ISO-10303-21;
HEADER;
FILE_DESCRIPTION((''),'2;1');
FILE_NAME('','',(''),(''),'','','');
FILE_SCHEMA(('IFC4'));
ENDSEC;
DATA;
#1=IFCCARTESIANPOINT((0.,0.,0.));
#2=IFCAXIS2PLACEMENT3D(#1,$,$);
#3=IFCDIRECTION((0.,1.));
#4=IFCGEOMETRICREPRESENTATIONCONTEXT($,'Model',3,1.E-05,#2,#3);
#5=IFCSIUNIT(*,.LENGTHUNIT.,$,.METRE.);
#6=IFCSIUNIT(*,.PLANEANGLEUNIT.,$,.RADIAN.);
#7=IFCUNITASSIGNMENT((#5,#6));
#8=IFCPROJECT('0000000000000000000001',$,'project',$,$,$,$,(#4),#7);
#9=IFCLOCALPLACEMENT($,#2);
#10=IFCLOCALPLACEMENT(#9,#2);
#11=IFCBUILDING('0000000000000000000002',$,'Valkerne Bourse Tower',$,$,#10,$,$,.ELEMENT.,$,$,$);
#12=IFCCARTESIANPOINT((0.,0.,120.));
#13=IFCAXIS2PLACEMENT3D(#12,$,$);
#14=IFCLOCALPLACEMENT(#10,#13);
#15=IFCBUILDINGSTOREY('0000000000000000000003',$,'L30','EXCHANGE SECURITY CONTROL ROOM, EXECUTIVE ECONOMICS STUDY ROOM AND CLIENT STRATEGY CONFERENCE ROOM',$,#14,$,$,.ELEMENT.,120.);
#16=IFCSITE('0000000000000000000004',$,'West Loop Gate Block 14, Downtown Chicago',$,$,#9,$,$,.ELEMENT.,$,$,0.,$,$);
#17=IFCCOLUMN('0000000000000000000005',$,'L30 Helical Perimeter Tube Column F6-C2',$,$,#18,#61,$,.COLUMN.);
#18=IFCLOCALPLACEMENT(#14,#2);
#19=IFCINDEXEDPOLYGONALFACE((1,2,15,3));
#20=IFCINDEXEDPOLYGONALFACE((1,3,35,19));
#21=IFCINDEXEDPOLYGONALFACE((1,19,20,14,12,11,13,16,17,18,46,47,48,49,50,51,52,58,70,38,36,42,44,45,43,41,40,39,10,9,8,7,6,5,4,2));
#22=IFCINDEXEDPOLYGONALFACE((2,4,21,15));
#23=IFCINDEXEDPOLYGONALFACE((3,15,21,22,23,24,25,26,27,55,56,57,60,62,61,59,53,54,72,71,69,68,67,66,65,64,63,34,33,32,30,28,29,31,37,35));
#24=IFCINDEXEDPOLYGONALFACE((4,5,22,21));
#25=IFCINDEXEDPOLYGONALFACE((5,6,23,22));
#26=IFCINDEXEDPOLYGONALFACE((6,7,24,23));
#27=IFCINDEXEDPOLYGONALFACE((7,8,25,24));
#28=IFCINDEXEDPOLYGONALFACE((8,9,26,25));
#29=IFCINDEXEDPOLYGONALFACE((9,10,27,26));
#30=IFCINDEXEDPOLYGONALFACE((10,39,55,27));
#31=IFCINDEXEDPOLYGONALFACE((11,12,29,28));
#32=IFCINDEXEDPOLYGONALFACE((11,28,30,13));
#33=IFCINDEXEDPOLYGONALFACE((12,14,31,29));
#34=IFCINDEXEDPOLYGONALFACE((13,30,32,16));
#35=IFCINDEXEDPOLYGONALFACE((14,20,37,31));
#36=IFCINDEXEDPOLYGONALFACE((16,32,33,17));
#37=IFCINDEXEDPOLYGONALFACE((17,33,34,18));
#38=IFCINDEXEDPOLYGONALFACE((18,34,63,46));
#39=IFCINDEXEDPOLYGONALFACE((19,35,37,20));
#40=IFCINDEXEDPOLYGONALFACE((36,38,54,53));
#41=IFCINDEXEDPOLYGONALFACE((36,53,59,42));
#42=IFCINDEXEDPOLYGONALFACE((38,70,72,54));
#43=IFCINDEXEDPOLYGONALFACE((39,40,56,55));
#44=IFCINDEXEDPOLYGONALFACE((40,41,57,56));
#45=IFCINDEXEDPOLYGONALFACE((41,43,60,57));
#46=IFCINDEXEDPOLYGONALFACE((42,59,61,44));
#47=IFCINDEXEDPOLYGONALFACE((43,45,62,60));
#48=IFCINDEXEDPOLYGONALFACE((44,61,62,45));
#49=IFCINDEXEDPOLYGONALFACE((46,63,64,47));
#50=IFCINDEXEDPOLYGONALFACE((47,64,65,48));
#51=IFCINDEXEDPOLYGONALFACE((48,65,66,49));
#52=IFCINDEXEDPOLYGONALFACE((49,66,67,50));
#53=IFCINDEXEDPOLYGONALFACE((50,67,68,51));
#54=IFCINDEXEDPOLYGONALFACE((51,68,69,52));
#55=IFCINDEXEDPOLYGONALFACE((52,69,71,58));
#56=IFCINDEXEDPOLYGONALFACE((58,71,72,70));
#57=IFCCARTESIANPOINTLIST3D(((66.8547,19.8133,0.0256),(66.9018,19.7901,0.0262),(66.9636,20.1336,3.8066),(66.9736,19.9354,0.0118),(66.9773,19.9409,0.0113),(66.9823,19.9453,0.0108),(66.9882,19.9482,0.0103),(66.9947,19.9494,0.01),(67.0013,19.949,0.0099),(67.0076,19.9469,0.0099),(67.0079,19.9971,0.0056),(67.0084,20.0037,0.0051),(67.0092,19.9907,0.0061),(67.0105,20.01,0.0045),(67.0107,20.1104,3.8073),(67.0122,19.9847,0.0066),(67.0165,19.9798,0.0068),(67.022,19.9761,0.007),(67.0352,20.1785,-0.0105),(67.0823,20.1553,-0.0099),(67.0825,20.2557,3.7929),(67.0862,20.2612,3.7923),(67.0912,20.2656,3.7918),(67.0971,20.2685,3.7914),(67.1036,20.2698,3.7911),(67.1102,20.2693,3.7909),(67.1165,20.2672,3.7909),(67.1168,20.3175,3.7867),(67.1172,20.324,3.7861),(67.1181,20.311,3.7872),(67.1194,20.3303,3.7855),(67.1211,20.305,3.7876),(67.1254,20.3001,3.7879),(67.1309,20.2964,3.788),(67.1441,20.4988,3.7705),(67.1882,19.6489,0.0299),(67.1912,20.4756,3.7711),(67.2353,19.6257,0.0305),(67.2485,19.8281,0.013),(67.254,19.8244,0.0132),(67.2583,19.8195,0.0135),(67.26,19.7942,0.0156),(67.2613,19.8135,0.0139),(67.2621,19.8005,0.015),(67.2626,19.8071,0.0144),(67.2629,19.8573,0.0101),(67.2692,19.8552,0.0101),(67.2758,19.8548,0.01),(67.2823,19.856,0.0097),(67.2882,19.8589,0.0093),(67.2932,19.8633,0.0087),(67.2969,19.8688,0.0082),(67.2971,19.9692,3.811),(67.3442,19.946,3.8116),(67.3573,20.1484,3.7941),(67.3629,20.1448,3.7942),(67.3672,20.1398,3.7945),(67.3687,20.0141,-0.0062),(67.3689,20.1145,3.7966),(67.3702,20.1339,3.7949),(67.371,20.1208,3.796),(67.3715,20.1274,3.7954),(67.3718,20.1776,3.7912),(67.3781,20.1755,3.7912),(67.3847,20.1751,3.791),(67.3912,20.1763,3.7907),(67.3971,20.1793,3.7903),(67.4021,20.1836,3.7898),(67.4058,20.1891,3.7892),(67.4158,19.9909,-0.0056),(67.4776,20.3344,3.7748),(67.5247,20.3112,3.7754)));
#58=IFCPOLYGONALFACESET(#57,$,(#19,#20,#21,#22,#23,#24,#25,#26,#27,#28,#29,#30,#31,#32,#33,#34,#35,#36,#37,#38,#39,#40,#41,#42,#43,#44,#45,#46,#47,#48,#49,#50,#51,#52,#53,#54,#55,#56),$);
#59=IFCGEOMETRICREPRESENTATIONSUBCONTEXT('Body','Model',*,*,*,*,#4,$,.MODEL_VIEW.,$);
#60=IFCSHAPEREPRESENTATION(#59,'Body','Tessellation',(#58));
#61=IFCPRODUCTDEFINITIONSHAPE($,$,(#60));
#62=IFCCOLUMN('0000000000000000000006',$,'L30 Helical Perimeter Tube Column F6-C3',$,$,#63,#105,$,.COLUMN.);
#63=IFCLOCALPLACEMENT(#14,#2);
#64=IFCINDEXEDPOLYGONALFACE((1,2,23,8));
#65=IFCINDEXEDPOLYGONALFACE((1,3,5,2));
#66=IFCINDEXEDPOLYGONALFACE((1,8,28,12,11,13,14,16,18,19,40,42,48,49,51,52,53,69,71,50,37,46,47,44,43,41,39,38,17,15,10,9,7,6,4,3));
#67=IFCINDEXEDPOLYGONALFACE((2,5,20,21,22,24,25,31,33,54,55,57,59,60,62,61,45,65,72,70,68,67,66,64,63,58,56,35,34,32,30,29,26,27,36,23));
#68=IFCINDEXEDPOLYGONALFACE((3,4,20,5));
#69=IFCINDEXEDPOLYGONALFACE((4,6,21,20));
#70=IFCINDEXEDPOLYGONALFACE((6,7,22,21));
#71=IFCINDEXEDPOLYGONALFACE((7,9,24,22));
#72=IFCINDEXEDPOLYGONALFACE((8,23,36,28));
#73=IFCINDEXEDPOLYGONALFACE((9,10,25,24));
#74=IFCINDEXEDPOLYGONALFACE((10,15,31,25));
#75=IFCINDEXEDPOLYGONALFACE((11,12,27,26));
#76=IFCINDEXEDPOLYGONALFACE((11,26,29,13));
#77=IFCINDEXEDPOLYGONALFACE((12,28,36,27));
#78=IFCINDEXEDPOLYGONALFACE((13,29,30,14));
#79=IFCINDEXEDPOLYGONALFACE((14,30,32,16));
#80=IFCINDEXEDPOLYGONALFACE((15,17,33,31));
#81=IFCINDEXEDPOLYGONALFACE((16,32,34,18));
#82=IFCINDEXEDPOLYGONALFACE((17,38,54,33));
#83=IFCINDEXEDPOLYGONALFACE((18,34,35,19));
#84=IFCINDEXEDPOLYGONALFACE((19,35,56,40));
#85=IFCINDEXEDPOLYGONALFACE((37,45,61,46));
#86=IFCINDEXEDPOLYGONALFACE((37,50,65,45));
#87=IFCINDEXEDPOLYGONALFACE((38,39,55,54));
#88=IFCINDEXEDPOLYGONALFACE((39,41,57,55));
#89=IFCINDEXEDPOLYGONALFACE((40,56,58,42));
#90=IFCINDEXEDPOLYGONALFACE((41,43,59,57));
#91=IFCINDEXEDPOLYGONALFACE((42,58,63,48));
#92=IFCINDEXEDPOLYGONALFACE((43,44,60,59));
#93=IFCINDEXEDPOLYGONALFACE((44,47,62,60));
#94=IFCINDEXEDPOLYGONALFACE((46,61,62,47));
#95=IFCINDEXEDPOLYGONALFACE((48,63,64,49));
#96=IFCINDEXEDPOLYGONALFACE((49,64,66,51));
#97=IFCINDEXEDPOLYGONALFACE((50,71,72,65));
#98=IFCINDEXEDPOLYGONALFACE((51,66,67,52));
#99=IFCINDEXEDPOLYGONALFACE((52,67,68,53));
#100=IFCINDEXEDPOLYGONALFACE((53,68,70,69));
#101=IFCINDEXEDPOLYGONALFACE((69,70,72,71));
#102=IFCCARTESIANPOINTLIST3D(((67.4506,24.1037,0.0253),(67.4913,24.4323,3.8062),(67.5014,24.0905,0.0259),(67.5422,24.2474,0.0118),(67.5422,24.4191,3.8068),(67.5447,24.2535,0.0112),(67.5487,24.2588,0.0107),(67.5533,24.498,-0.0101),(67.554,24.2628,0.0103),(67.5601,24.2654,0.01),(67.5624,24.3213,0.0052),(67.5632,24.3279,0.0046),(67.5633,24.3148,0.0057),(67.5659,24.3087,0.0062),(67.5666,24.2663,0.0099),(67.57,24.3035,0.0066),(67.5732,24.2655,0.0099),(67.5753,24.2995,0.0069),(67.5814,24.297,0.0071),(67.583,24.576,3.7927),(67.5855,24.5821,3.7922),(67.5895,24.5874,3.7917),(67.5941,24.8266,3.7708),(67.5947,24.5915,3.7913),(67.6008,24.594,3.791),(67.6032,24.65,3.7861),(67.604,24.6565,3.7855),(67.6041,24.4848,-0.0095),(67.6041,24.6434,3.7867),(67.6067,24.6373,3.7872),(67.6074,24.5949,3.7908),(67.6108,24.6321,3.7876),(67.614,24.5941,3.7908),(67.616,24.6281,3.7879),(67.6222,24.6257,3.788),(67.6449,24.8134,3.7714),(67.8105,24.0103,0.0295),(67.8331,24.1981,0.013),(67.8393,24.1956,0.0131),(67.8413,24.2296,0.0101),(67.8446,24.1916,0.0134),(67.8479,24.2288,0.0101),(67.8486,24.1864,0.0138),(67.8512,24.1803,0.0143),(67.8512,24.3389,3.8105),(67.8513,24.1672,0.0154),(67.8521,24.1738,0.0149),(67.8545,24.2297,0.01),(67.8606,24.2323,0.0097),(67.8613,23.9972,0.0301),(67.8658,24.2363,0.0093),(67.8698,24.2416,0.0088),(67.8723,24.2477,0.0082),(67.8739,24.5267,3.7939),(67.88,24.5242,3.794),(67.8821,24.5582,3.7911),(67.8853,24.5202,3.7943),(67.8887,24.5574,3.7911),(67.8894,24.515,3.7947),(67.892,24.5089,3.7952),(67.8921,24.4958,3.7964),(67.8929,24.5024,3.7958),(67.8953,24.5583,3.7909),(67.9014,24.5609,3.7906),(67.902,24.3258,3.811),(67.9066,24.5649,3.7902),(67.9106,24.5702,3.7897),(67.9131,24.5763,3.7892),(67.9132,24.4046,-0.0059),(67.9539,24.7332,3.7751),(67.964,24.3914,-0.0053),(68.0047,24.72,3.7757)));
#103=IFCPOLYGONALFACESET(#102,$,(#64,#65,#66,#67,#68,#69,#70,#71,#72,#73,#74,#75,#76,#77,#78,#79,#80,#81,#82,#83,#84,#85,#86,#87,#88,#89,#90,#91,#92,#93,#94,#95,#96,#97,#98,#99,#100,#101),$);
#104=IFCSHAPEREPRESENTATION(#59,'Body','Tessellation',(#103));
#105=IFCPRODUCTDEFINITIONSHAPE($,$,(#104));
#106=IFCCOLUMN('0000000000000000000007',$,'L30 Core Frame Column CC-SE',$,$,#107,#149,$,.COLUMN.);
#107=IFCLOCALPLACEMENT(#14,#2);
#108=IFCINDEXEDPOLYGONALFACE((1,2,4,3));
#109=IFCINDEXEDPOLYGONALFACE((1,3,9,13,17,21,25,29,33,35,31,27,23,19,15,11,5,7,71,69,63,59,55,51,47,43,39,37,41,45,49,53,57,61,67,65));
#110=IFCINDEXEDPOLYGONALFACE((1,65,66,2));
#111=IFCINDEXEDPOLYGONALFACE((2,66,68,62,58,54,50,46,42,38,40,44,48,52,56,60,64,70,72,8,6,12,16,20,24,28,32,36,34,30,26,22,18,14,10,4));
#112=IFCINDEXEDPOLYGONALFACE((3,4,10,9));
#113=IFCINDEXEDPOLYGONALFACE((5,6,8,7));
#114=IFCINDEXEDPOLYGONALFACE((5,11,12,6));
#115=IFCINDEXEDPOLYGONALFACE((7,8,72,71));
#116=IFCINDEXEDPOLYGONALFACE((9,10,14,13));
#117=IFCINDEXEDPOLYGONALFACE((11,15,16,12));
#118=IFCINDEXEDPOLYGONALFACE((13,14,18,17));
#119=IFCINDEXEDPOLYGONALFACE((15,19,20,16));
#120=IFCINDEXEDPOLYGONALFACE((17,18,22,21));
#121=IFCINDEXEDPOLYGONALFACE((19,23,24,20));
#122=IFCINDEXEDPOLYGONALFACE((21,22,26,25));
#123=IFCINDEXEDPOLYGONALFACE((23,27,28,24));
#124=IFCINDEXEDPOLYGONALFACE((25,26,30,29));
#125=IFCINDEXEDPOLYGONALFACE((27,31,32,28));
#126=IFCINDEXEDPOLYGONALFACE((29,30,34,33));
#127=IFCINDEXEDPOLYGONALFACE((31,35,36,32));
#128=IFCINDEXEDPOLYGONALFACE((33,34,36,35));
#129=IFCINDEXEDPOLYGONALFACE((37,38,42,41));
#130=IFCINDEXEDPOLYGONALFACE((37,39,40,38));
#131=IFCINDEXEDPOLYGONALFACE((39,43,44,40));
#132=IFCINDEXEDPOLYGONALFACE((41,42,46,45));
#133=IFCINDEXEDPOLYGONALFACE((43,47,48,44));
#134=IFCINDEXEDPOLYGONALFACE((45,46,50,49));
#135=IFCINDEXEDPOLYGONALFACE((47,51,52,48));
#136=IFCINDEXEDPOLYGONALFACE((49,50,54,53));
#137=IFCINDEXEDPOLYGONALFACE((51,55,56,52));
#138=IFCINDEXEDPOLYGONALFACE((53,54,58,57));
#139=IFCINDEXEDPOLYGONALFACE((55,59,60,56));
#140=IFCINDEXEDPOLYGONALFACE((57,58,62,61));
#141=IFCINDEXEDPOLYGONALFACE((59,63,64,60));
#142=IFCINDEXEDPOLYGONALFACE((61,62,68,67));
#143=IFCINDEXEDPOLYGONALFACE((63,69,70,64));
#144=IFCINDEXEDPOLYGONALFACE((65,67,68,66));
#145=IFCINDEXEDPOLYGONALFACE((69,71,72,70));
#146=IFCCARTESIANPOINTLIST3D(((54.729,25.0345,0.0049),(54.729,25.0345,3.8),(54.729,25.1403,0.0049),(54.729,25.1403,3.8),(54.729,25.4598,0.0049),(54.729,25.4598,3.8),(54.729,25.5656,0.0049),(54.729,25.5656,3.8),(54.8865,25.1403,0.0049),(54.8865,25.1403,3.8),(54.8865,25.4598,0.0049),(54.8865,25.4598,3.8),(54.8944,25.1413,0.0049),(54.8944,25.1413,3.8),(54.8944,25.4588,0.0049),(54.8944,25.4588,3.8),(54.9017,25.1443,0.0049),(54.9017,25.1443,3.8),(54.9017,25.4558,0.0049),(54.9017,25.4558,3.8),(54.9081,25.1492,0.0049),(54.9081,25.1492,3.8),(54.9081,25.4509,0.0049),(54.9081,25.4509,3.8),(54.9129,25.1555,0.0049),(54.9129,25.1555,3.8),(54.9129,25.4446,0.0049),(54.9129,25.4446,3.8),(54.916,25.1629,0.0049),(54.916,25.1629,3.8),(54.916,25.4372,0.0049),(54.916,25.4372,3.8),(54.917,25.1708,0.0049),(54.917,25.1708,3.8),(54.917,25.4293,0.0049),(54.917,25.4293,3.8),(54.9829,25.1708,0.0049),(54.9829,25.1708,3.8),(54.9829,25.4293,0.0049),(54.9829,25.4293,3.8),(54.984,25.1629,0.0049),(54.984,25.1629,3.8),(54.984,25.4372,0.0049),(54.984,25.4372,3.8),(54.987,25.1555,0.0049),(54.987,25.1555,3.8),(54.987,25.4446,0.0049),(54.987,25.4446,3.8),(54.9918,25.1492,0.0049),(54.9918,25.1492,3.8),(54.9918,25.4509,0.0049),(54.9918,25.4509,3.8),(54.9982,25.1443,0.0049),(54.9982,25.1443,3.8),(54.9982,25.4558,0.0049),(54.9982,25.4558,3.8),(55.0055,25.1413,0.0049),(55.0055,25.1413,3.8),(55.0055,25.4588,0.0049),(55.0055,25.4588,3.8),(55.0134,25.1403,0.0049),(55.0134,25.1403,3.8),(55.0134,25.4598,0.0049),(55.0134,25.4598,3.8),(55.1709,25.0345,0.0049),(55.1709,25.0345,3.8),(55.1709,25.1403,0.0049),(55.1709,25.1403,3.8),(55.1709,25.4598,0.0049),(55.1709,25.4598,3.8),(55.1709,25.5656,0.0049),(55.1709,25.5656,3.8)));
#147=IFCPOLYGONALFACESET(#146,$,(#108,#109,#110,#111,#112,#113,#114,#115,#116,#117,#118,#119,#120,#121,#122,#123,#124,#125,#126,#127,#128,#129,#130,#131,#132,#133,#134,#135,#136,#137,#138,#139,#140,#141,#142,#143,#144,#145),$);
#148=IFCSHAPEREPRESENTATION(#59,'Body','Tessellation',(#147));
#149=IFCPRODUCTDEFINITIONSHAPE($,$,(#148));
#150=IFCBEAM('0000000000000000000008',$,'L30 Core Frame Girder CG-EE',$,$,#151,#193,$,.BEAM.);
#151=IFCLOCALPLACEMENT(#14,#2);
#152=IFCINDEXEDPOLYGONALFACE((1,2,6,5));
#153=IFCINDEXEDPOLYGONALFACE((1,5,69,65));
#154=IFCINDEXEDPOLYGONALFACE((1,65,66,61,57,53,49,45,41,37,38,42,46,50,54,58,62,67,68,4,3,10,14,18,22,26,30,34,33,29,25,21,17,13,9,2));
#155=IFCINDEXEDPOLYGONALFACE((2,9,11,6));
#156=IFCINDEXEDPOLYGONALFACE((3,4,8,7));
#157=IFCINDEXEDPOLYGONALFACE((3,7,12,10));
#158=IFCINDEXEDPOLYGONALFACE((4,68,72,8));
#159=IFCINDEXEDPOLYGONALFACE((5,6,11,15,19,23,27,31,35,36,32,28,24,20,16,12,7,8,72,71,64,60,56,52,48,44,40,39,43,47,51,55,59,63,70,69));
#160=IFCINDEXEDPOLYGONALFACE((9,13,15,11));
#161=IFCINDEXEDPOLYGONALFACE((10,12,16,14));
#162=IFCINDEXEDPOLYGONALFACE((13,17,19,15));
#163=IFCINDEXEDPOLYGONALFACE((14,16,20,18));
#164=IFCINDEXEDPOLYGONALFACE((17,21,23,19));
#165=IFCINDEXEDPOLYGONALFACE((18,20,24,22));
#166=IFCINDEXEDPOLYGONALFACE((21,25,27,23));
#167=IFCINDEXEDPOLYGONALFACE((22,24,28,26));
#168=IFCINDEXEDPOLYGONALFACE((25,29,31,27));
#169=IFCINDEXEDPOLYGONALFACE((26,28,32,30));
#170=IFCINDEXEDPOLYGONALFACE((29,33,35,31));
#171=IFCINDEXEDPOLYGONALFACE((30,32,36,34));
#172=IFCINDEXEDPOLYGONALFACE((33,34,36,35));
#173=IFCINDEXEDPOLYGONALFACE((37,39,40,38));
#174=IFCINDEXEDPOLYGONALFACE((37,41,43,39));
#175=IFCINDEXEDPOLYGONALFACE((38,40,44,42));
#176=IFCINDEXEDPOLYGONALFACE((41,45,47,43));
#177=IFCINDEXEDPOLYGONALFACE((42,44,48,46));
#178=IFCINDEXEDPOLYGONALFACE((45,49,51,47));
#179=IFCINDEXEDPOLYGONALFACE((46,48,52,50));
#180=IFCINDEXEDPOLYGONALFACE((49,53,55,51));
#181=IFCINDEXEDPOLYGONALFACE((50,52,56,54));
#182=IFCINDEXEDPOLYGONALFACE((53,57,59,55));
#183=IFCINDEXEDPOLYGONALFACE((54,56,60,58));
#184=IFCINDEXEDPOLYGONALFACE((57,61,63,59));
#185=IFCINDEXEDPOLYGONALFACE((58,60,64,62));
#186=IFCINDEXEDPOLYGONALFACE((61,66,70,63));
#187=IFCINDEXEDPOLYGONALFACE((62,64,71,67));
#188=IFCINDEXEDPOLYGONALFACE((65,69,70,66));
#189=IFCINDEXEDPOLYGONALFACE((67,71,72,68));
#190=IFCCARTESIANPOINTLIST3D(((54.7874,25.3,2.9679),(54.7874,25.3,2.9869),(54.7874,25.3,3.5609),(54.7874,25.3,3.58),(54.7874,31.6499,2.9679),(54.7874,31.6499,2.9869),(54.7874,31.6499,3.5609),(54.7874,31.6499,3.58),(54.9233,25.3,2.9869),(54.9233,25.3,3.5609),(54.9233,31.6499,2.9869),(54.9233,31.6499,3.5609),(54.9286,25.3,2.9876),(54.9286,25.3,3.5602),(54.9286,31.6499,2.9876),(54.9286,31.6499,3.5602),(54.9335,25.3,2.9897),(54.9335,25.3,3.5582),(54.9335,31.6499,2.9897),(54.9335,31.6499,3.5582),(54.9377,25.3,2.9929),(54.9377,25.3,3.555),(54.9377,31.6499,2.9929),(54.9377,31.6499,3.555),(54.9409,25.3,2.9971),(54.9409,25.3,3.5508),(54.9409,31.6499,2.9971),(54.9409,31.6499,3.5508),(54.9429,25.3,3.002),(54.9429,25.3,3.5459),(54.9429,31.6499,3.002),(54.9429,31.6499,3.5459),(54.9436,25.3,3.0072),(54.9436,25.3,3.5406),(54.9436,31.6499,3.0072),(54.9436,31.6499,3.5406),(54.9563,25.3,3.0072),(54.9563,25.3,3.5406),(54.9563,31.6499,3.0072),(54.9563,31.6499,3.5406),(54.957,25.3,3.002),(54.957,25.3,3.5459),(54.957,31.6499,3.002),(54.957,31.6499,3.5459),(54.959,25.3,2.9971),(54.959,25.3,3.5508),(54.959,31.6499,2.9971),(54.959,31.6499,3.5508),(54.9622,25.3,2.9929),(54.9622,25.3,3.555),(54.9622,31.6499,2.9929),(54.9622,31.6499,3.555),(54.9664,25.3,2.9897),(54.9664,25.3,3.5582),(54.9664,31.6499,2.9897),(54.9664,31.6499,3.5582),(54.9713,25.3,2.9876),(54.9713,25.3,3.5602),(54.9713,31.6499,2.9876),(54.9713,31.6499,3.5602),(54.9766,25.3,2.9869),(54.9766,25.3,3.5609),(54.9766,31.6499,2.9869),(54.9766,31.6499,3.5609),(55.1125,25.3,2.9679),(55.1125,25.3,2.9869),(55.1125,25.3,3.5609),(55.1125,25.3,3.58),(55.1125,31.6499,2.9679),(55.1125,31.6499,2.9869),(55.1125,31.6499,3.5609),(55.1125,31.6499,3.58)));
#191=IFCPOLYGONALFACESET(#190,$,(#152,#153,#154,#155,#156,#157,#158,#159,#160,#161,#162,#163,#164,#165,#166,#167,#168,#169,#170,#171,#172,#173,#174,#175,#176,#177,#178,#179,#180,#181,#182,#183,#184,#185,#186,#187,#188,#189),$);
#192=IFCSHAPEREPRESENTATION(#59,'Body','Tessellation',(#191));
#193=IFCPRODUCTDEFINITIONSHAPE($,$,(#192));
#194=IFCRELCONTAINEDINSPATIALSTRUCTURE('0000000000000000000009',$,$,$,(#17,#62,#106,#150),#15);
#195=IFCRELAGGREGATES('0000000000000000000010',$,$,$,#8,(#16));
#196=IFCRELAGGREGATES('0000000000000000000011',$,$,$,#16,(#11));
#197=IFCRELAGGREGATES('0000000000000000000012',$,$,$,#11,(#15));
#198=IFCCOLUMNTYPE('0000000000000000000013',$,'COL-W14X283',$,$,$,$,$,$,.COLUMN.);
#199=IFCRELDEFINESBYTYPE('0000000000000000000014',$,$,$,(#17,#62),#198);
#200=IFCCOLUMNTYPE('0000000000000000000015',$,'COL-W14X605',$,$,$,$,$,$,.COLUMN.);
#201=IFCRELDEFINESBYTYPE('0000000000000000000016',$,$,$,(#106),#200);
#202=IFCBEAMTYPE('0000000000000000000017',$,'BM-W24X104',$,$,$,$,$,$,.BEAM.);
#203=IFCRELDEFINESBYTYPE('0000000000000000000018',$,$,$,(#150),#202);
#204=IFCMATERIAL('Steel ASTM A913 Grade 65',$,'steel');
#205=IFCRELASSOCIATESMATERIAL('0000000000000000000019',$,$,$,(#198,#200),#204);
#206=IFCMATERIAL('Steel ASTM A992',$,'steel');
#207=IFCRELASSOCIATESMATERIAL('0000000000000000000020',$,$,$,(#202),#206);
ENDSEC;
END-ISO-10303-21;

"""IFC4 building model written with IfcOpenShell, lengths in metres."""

from ifc_helpers import new_model, si_unit, direction, frame, origin, origin_2d, place, context, subcontext, project, spatial, i_section, extrude, material, material_profile, profile_set, type_object, element, save


model = new_model("IFC4")

# Units and contexts
model_context = context("Model", 3, precision=1e-05, world=origin(), true_north=direction((0.0, 1.0)))
body_context = subcontext(model_context, "Body", "Model", "MODEL_VIEW")
ifc_project = project(units=[si_unit("LENGTHUNIT", "METRE"), si_unit("PLANEANGLEUNIT", "RADIAN")], contexts=[model_context])

# Site, building, storey
site_placement = place(None, origin())
site = spatial("IfcSite", under=ifc_project, at=site_placement, Name="West Loop Gate Block 14, Downtown Chicago", CompositionType="ELEMENT", RefElevation=0.0)
building_placement = place(site_placement, origin())
building = spatial("IfcBuilding", under=site, at=building_placement, Name="Valkerne Bourse Tower", CompositionType="ELEMENT")
storey_placement = place(building_placement, frame((0.0, 0.0, 120.0)))
storey = spatial("IfcBuildingStorey", under=building, at=storey_placement, Name="L30", Description="EXCHANGE SECURITY CONTROL ROOM, EXECUTIVE ECONOMICS STUDY ROOM AND CLIENT STRATEGY CONFERENCE ROOM", CompositionType="ELEMENT", Elevation=120.0)

# Columns
ifc_material_1 = material(Name="Steel ASTM A913 Grade 65", Category="steel")
ifc_material_profile_1 = material_profile(ifc_material_1, i_section(OverallWidth=0.4089, OverallDepth=0.4243, WebThickness=0.0327, FlangeThickness=0.0525, FilletRadius=0.0254, at=origin_2d()), Name="W14X283")
ifc_profile_set_1 = profile_set([ifc_material_profile_1], Name="Steel ASTM A913 Grade 65")
column_type_1 = type_object("IfcColumnType", Name="COL-W14X283", PredefinedType="COLUMN", material=ifc_profile_set_1)
column_1_placement = place(storey_placement, frame((67.1353, 19.9021, 0.01), z_axis=(0.028684, 0.084379, 0.996021), x_axis=(-0.441409, -0.892945, 0.088359)))
element("IfcColumn", 1, at=column_1_placement, inside=storey, type_object=column_type_1, Name="L30 Helical Perimeter Tube Column F6-C2", PredefinedType="COLUMN", context=body_context, shape_type="SweptSolid", body=[
    extrude(i_section(OverallWidth=0.4089, OverallDepth=0.4243, WebThickness=0.0327, FlangeThickness=0.0525, FilletRadius=0.0254, at=origin_2d()), origin(), (0.0, 0.0, 1.0), 3.7961),
])
column_2_placement = place(storey_placement, frame((67.7073, 24.2476, 0.01), z_axis=(0.010742, 0.08658, 0.996187), x_axis=(-0.251141, -0.964078, 0.086498)))
element("IfcColumn", 2, at=column_2_placement, inside=storey, type_object=column_type_1, Name="L30 Helical Perimeter Tube Column F6-C3", PredefinedType="COLUMN", context=body_context, shape_type="SweptSolid", body=[
    extrude(i_section(OverallWidth=0.4089, OverallDepth=0.4243, WebThickness=0.0327, FlangeThickness=0.0525, FilletRadius=0.0254, at=origin_2d()), origin(), (0.0, 0.0, 1.0), 3.7954),
])
ifc_material_profile_2 = material_profile(ifc_material_1, i_section(OverallWidth=0.4419, OverallDepth=0.531, WebThickness=0.0659, FlangeThickness=0.1057, FilletRadius=0.0305, at=origin_2d()), Name="W14X605")
ifc_profile_set_2 = profile_set([ifc_material_profile_2], Name="Steel ASTM A913 Grade 65")
column_type_2 = type_object("IfcColumnType", Name="COL-W14X605", PredefinedType="COLUMN", material=ifc_profile_set_2)
column_3_placement = place(storey_placement, frame((54.95, 25.3, 0.0049), z_axis=(0.0, 0.0, 1.0), x_axis=(1.0, 0.0, 0.0)))
element("IfcColumn", 3, at=column_3_placement, inside=storey, type_object=column_type_2, Name="L30 Core Frame Column CC-SE", PredefinedType="COLUMN", context=body_context, shape_type="SweptSolid", body=[
    extrude(i_section(OverallWidth=0.4419, OverallDepth=0.531, WebThickness=0.0659, FlangeThickness=0.1057, FilletRadius=0.0305, at=origin_2d()), origin(), (0.0, 0.0, 1.0), 3.7952),
])

# Beam
ifc_material_2 = material(Name="Steel ASTM A992", Category="steel")
ifc_material_profile_3 = material_profile(ifc_material_2, i_section(OverallWidth=0.3252, OverallDepth=0.6121, WebThickness=0.0127, FlangeThickness=0.019, FilletRadius=0.0203, at=origin_2d()), Name="W24X104")
ifc_profile_set_3 = profile_set([ifc_material_profile_3], Name="Steel ASTM A992")
beam_type_1 = type_object("IfcBeamType", Name="BM-W24X104", PredefinedType="BEAM", material=ifc_profile_set_3)
beam_1_placement = place(storey_placement, frame((54.95, 25.3, 3.2739), z_axis=(0.0, 1.0, 0.0), x_axis=(-1.0, 0.0, 0.0)))
element("IfcBeam", 4, at=beam_1_placement, inside=storey, type_object=beam_type_1, Name="L30 Core Frame Girder CG-EE", PredefinedType="BEAM", context=body_context, shape_type="SweptSolid", body=[
    extrude(i_section(OverallWidth=0.3252, OverallDepth=0.6121, WebThickness=0.0127, FlangeThickness=0.019, FilletRadius=0.0203, at=origin_2d()), origin(), (0.0, 0.0, 1.0), 6.3499),
])

save(model, "model.ifc")
